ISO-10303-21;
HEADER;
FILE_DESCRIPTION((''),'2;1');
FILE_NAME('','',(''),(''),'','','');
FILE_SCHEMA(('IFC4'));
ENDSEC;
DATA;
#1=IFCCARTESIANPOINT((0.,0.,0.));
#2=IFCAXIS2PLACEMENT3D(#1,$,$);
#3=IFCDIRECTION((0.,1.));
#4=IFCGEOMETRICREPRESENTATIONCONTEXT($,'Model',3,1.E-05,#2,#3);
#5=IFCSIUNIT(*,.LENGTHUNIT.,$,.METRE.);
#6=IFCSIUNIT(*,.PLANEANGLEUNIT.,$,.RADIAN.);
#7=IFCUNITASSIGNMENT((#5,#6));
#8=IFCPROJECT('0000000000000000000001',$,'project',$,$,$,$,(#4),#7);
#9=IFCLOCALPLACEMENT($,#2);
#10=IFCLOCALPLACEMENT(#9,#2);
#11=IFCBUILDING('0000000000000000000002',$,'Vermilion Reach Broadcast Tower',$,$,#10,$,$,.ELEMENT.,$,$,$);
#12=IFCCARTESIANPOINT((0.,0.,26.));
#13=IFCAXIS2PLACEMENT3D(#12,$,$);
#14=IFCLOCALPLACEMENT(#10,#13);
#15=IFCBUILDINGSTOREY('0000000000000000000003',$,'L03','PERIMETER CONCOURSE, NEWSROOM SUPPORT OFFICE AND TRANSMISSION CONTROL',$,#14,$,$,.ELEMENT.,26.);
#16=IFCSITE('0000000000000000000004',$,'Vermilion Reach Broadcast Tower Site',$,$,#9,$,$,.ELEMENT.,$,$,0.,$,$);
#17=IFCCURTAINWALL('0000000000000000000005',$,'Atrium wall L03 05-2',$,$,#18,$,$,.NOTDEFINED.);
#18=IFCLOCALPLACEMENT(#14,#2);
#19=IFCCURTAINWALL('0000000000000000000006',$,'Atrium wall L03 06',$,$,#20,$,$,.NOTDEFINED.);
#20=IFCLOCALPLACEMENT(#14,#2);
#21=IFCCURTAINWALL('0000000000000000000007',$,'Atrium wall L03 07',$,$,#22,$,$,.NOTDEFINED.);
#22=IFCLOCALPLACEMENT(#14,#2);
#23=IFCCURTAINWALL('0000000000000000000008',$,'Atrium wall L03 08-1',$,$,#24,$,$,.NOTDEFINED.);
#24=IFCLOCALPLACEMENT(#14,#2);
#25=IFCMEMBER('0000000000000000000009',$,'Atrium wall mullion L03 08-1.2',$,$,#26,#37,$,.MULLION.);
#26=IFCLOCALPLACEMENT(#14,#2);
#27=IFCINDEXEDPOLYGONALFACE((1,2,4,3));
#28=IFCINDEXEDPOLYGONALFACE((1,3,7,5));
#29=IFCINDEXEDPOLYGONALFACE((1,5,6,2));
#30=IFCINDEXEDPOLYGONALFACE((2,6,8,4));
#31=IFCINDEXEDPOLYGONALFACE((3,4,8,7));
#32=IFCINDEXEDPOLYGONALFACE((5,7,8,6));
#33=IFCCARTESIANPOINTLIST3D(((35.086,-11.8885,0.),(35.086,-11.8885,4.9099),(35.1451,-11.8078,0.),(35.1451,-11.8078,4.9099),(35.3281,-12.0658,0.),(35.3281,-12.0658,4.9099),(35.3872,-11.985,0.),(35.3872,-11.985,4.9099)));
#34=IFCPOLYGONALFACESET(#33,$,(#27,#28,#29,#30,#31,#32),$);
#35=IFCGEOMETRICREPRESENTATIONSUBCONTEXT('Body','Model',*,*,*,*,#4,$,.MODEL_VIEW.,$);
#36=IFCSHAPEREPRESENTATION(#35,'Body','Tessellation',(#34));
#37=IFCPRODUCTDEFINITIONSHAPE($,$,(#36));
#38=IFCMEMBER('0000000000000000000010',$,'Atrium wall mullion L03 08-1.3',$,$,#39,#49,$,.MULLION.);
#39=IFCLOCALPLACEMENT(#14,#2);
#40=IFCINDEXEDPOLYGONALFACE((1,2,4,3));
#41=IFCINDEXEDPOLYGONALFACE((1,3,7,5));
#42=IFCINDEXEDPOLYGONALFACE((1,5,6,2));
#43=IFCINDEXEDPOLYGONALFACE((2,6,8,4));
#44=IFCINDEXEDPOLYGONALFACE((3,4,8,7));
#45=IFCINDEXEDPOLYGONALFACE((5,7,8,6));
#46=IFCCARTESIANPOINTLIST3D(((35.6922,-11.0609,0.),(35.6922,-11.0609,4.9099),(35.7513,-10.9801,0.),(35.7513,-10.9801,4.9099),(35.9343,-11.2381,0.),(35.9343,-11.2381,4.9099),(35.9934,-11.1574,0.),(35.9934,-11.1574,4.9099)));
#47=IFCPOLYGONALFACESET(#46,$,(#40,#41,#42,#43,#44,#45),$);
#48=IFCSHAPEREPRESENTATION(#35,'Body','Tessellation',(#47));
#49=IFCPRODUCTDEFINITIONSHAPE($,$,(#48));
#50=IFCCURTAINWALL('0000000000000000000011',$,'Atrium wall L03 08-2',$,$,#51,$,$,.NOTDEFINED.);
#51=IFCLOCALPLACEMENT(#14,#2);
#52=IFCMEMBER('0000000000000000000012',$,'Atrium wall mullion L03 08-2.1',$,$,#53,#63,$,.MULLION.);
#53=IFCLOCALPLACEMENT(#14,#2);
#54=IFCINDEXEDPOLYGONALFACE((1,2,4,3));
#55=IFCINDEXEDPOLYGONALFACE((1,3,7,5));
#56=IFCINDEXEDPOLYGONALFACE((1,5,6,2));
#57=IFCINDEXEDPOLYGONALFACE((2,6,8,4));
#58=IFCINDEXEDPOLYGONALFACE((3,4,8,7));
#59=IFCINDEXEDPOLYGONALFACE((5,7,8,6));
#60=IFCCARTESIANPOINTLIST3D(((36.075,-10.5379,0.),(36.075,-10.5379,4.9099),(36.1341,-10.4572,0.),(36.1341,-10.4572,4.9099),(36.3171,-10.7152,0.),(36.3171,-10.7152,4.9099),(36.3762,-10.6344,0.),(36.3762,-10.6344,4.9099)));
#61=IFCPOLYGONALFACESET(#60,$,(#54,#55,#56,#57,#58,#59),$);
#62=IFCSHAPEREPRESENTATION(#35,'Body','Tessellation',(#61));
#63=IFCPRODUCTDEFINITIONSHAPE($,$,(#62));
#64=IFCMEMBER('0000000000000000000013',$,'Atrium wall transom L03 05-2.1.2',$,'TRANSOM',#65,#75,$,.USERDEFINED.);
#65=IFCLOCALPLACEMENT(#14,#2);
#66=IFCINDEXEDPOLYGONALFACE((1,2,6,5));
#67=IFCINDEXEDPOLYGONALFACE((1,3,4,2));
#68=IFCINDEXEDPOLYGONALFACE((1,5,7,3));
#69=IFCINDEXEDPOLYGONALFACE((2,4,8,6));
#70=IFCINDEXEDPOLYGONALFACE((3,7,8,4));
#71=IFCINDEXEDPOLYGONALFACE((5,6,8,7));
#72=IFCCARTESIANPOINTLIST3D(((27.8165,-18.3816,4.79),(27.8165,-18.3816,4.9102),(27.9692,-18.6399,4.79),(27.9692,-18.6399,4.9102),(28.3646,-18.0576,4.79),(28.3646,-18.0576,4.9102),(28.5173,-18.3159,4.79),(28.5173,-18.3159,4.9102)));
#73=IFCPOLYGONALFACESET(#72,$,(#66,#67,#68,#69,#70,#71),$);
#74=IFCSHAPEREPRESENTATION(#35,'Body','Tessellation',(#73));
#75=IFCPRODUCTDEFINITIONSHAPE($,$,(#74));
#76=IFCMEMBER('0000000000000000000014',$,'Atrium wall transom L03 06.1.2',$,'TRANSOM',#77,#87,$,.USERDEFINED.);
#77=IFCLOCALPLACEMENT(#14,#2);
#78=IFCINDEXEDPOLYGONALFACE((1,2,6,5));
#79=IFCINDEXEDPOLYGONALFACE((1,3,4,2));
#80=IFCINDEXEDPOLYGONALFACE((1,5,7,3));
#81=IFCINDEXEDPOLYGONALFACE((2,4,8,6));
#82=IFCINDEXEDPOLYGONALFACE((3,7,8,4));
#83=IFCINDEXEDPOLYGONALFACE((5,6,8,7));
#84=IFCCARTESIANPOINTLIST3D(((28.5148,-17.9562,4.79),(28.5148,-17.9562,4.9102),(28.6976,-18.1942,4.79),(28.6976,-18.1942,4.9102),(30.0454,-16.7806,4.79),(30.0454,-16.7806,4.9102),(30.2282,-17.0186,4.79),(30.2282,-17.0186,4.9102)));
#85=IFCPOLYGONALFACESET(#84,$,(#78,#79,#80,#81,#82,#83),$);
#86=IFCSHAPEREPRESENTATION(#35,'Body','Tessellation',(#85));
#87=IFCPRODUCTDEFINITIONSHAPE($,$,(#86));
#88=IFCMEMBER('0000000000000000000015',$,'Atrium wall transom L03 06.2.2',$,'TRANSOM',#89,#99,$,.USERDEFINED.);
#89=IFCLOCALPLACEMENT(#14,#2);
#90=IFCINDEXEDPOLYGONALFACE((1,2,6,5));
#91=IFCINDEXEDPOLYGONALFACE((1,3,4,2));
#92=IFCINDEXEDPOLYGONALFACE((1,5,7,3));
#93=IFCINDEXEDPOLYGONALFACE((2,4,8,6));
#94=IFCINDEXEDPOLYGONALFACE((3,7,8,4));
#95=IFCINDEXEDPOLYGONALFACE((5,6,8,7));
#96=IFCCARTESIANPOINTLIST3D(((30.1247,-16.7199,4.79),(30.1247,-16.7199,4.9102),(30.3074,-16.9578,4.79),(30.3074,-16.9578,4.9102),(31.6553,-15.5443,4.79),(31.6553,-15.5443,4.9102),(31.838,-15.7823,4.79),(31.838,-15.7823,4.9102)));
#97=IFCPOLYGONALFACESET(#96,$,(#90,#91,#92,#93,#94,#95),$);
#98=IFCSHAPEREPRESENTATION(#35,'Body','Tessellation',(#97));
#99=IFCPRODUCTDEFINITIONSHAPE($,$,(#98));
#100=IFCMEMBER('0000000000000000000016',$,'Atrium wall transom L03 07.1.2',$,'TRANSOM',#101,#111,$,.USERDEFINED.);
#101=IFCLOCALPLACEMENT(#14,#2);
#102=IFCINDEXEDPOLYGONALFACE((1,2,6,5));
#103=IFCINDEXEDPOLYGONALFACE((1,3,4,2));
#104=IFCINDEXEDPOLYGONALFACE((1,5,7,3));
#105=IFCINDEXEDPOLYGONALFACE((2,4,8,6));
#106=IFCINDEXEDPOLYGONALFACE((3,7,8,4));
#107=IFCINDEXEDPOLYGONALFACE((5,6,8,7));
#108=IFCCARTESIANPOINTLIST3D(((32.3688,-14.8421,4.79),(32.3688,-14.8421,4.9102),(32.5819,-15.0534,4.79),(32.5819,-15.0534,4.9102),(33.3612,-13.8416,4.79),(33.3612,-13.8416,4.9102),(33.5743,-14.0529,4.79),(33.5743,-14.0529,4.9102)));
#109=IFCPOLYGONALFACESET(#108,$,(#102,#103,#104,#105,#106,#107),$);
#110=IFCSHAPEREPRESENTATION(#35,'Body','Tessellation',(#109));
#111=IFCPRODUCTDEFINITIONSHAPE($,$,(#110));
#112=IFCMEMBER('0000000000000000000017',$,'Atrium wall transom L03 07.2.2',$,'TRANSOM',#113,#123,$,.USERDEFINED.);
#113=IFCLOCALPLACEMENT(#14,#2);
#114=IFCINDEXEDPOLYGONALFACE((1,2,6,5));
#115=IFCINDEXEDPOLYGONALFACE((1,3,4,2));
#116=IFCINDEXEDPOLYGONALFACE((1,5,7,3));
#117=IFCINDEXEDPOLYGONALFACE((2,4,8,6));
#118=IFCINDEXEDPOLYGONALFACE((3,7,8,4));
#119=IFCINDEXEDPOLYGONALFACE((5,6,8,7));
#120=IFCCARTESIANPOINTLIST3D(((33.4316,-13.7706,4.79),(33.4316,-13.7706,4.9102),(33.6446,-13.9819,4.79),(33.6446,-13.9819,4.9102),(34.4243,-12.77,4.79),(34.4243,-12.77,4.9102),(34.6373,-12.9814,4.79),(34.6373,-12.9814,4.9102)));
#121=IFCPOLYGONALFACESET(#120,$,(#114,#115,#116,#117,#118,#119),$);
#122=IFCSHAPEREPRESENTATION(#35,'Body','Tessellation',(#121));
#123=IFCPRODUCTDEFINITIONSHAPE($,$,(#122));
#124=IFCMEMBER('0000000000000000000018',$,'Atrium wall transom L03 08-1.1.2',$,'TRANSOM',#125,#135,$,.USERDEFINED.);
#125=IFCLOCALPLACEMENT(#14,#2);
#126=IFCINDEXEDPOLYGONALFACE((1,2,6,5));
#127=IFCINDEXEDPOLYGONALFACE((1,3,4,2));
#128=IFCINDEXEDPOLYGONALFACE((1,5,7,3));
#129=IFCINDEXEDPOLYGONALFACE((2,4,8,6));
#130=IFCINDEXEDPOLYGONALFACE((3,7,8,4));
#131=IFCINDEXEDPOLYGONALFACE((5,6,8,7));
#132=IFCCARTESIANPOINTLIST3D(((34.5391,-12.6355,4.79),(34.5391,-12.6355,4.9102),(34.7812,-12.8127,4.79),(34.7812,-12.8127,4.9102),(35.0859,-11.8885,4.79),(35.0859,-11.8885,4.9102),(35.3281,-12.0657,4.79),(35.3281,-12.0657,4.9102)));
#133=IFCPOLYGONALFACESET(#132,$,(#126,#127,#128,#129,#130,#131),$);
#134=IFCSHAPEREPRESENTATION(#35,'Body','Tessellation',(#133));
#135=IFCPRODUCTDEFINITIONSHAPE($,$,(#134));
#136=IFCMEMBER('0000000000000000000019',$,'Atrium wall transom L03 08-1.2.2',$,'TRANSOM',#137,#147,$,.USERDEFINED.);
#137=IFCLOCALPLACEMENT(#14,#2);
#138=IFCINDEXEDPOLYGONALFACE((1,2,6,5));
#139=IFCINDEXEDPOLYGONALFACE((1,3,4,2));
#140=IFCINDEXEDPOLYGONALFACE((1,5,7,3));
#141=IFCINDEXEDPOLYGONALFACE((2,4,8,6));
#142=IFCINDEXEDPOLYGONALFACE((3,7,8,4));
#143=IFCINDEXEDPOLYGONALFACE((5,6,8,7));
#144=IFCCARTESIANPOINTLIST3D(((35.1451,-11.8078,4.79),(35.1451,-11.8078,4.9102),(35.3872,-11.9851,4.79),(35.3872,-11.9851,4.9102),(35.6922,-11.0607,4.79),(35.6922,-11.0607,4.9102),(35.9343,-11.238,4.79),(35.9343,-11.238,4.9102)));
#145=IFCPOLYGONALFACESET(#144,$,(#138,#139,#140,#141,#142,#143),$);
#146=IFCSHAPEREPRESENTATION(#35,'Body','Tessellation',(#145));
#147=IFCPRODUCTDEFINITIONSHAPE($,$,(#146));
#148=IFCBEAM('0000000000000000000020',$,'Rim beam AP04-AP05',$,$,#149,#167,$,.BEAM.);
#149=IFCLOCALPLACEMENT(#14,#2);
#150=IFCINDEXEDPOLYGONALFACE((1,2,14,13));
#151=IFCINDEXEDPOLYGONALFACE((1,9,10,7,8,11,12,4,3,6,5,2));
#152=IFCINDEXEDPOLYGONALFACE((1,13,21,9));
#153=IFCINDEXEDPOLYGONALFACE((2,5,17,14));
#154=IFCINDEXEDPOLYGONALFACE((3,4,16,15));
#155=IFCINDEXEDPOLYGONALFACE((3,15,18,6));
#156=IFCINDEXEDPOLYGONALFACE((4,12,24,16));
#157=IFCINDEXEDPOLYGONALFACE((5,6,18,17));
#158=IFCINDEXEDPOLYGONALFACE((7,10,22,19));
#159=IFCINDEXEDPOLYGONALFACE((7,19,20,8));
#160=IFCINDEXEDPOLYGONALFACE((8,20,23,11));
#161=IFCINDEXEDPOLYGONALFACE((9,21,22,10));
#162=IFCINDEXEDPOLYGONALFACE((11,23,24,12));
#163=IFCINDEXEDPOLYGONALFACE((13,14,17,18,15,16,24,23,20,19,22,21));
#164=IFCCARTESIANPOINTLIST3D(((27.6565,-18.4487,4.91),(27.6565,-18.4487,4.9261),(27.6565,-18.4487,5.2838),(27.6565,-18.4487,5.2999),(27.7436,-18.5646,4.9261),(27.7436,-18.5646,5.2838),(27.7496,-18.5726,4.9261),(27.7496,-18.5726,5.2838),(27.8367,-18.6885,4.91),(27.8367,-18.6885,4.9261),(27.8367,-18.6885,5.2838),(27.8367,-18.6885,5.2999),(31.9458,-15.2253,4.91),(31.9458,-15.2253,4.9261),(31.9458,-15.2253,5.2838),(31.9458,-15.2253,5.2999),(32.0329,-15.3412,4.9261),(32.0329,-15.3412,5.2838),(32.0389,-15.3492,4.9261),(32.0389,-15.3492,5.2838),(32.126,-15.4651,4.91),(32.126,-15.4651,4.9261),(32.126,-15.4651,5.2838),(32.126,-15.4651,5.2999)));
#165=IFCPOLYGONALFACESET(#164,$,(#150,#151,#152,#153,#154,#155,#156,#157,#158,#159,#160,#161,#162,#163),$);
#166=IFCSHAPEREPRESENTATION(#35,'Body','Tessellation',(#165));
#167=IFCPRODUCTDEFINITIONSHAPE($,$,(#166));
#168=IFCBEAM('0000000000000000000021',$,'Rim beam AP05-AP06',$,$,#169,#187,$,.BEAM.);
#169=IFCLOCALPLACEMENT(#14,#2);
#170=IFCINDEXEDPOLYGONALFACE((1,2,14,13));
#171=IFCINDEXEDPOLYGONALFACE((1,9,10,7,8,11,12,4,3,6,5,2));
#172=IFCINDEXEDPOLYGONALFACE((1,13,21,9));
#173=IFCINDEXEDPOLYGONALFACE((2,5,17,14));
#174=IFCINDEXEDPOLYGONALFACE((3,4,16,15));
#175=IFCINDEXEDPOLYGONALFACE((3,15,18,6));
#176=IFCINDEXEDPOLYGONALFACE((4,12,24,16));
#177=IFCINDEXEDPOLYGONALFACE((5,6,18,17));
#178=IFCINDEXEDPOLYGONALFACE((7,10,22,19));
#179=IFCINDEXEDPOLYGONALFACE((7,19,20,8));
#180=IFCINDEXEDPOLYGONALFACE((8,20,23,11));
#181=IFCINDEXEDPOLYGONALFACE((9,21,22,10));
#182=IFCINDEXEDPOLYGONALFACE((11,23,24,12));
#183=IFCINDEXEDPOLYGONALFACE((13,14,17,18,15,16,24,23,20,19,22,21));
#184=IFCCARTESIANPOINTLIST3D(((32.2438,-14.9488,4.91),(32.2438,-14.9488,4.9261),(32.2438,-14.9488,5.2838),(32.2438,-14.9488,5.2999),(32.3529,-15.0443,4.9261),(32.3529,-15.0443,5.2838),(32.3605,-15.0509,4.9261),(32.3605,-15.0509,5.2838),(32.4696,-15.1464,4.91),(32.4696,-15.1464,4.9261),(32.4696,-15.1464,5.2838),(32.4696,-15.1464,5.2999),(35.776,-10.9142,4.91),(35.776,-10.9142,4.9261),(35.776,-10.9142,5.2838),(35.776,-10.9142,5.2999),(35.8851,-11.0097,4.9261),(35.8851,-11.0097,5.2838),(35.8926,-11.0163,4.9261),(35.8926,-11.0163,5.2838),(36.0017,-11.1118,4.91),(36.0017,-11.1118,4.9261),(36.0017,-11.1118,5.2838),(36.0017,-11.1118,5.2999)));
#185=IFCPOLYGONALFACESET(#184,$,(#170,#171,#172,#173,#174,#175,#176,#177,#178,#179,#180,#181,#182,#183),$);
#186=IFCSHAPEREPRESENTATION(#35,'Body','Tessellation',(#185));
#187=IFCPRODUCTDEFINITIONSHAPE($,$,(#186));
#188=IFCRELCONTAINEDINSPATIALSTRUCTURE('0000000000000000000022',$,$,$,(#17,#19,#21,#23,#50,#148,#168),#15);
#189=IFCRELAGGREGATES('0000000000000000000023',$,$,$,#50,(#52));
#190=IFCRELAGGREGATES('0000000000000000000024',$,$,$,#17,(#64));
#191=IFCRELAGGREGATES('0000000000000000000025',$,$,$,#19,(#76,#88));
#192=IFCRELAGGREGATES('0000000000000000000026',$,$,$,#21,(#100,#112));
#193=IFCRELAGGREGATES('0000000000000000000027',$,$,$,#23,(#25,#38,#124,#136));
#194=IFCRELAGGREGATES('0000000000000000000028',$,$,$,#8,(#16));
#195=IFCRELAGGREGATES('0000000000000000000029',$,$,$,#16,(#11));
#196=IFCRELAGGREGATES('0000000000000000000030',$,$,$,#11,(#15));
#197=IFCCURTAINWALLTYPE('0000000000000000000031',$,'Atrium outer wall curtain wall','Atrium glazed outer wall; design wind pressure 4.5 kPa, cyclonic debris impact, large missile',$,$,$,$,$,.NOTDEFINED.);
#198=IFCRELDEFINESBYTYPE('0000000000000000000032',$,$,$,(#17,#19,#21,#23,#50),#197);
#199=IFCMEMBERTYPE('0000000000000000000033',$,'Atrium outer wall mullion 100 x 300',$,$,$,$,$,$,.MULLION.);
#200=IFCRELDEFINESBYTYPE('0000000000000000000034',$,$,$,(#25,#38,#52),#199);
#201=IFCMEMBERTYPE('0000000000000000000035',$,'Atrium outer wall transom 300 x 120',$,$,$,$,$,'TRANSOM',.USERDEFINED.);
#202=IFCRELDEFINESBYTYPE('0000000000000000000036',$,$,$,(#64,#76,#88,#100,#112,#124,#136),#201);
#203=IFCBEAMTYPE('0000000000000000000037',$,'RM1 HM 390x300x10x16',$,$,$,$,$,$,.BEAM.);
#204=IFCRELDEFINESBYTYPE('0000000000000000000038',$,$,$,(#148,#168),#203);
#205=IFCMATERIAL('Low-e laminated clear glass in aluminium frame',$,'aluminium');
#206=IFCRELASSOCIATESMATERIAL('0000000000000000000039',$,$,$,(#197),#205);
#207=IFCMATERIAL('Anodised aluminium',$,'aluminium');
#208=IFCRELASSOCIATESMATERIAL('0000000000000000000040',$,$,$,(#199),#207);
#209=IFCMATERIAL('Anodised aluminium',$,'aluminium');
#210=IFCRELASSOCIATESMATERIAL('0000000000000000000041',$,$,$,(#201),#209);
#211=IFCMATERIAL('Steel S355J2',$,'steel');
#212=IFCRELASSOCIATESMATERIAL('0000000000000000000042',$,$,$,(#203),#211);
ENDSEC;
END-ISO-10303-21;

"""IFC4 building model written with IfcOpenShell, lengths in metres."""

from ifc_helpers import new_model, si_unit, direction, frame, origin, origin_2d, place, context, subcontext, project, spatial, rectangle, i_section, extrude, material, material_profile, profile_set, type_object, element, aggregate, save


model = new_model("IFC4")

# Units and contexts
model_context = context("Model", 3, precision=1e-05, world=origin(), true_north=direction((0.0, 1.0)))
body_context = subcontext(model_context, "Body", "Model", "MODEL_VIEW")
ifc_project = project(units=[si_unit("LENGTHUNIT", "METRE"), si_unit("PLANEANGLEUNIT", "RADIAN")], contexts=[model_context])

# Site, building, storey
site_placement = place(None, origin())
site = spatial("IfcSite", under=ifc_project, at=site_placement, Name="Vermilion Reach Broadcast Tower Site", CompositionType="ELEMENT", RefElevation=0.0)
building_placement = place(site_placement, origin())
building = spatial("IfcBuilding", under=site, at=building_placement, Name="Vermilion Reach Broadcast Tower", CompositionType="ELEMENT")
storey_placement = place(building_placement, frame((0.0, 0.0, 26.0)))
storey = spatial("IfcBuildingStorey", under=building, at=storey_placement, Name="L03", Description="PERIMETER CONCOURSE, NEWSROOM SUPPORT OFFICE AND TRANSMISSION CONTROL", CompositionType="ELEMENT", Elevation=26.0)

# Shared definitions
ifc_material_1 = material(Name="Low-e laminated clear glass in aluminium frame", Category="aluminium")
curtain_wall_type = type_object("IfcCurtainWallType", Name="Atrium outer wall curtain wall", Description="Atrium glazed outer wall; design wind pressure 4.5 kPa, cyclonic debris impact, large missile", PredefinedType="NOTDEFINED", material=ifc_material_1)
placement = place(storey_placement, origin())
ifc_material_2 = material(Name="Anodised aluminium", Category="aluminium")
ifc_material_profile_1 = material_profile(ifc_material_2, rectangle(XDim=0.3, YDim=0.1001, at=origin_2d()), Name="Atrium outer wall mullion 100 x 300")
ifc_profile_set_1 = profile_set([ifc_material_profile_1], Name="Anodised aluminium")
member_type_1 = type_object("IfcMemberType", Name="Atrium outer wall mullion 100 x 300", PredefinedType="MULLION", material=ifc_profile_set_1)

# Curtain walls, members
curtain_wall_1 = element("IfcCurtainWall", 1, at=placement, inside=storey, type_object=curtain_wall_type, Name="Atrium wall L03 05-2", PredefinedType="NOTDEFINED")
curtain_wall_2 = element("IfcCurtainWall", 2, at=placement, inside=storey, type_object=curtain_wall_type, Name="Atrium wall L03 06", PredefinedType="NOTDEFINED")
curtain_wall_3 = element("IfcCurtainWall", 3, at=placement, inside=storey, type_object=curtain_wall_type, Name="Atrium wall L03 07", PredefinedType="NOTDEFINED")
curtain_wall_4 = element("IfcCurtainWall", 4, at=placement, inside=storey, type_object=curtain_wall_type, Name="Atrium wall L03 08-1", PredefinedType="NOTDEFINED")
member_1_placement = place(storey_placement, frame((35.2366, -11.9368, 0.0), z_axis=(0.0, 0.0, 1.0), x_axis=(-0.806847, 0.59076, 0.0)))
member_1 = element("IfcMember", 5, at=member_1_placement, type_object=member_type_1, Name="Atrium wall mullion L03 08-1.2", PredefinedType="MULLION", context=body_context, shape_type="SweptSolid", body=[
    extrude(rectangle(XDim=0.3, YDim=0.1001, at=origin_2d()), origin(), (0.0, 0.0, 1.0), 4.9099),
])
member_2_placement = place(storey_placement, frame((35.8428, -11.1091, 0.0), z_axis=(0.0, 0.0, 1.0), x_axis=(-0.806847, 0.59076, 0.0)))
member_2 = element("IfcMember", 6, at=member_2_placement, type_object=member_type_1, Name="Atrium wall mullion L03 08-1.3", PredefinedType="MULLION", context=body_context, shape_type="SweptSolid", body=[
    extrude(rectangle(XDim=0.3, YDim=0.1001, at=origin_2d()), origin(), (0.0, 0.0, 1.0), 4.9099),
])

# Curtain wall, member
curtain_wall_5 = element("IfcCurtainWall", 7, at=placement, inside=storey, type_object=curtain_wall_type, Name="Atrium wall L03 08-2", PredefinedType="NOTDEFINED")
member_3_placement = place(storey_placement, frame((36.2256, -10.5862, 0.0), z_axis=(0.0, 0.0, 1.0), x_axis=(-0.806847, 0.59076, 0.0)))
member_3 = element("IfcMember", 8, at=member_3_placement, type_object=member_type_1, Name="Atrium wall mullion L03 08-2.1", PredefinedType="MULLION", context=body_context, shape_type="SweptSolid", body=[
    extrude(rectangle(XDim=0.3, YDim=0.1001, at=origin_2d()), origin(), (0.0, 0.0, 1.0), 4.9099),
])
aggregate(curtain_wall_5, [member_3])

# Members
ifc_material_3 = material(Name="Anodised aluminium", Category="aluminium")
ifc_material_profile_2 = material_profile(ifc_material_3, rectangle(XDim=0.3, YDim=0.1201, at=origin_2d()), Name="Atrium outer wall transom 300 x 120")
ifc_profile_set_2 = profile_set([ifc_material_profile_2], Name="Anodised aluminium")
member_type_2 = type_object("IfcMemberType", Name="Atrium outer wall transom 300 x 120", ElementType="TRANSOM", PredefinedType="USERDEFINED", material=ifc_profile_set_2)
member_4_placement = place(storey_placement, frame((27.8928, -18.5107, 4.8501), z_axis=(0.860858, 0.508846, 0.0), x_axis=(-0.508846, 0.860858, 0.0)))
member_4 = element("IfcMember", 9, at=member_4_placement, type_object=member_type_2, Name="Atrium wall transom L03 05-2.1.2", ObjectType="TRANSOM", PredefinedType="USERDEFINED", context=body_context, shape_type="SweptSolid", body=[
    extrude(rectangle(XDim=0.3, YDim=0.1201, at=origin_2d()), origin(), (0.0, 0.0, 1.0), 0.6367),
])
member_5_placement = place(storey_placement, frame((28.6062, -18.0752, 4.8501), z_axis=(0.793071, 0.60913, 0.0), x_axis=(-0.60913, 0.793071, 0.0)))
member_5 = element("IfcMember", 10, at=member_5_placement, type_object=member_type_2, Name="Atrium wall transom L03 06.1.2", ObjectType="TRANSOM", PredefinedType="USERDEFINED", context=body_context, shape_type="SweptSolid", body=[
    extrude(rectangle(XDim=0.3, YDim=0.1201, at=origin_2d()), origin(), (0.0, 0.0, 1.0), 1.9299),
])
member_6_placement = place(storey_placement, frame((30.2161, -16.8389, 4.8501), z_axis=(0.793071, 0.60913, 0.0), x_axis=(-0.60913, 0.793071, 0.0)))
member_6 = element("IfcMember", 11, at=member_6_placement, type_object=member_type_2, Name="Atrium wall transom L03 06.2.2", ObjectType="TRANSOM", PredefinedType="USERDEFINED", context=body_context, shape_type="SweptSolid", body=[
    extrude(rectangle(XDim=0.3, YDim=0.1201, at=origin_2d()), origin(), (0.0, 0.0, 1.0), 1.9299),
])
member_7_placement = place(storey_placement, frame((32.4753, -14.9478, 4.8501), z_axis=(0.704242, 0.70996, 0.0), x_axis=(-0.70996, 0.704242, 0.0)))
member_7 = element("IfcMember", 12, at=member_7_placement, type_object=member_type_2, Name="Atrium wall transom L03 07.1.2", ObjectType="TRANSOM", PredefinedType="USERDEFINED", context=body_context, shape_type="SweptSolid", body=[
    extrude(rectangle(XDim=0.3, YDim=0.1201, at=origin_2d()), origin(), (0.0, 0.0, 1.0), 1.4092),
])
member_8_placement = place(storey_placement, frame((33.5381, -13.8762, 4.8501), z_axis=(0.70433, 0.709873, 0.0), x_axis=(-0.709873, 0.70433, 0.0)))
member_8 = element("IfcMember", 13, at=member_8_placement, type_object=member_type_2, Name="Atrium wall transom L03 07.2.2", ObjectType="TRANSOM", PredefinedType="USERDEFINED", context=body_context, shape_type="SweptSolid", body=[
    extrude(rectangle(XDim=0.3, YDim=0.1201, at=origin_2d()), origin(), (0.0, 0.0, 1.0), 1.4094),
])
member_9_placement = place(storey_placement, frame((34.6602, -12.7241, 4.8501), z_axis=(0.590678, 0.806908, 0.0), x_axis=(-0.806908, 0.590678, 0.0)))
member_9 = element("IfcMember", 14, at=member_9_placement, type_object=member_type_2, Name="Atrium wall transom L03 08-1.1.2", ObjectType="TRANSOM", PredefinedType="USERDEFINED", context=body_context, shape_type="SweptSolid", body=[
    extrude(rectangle(XDim=0.3, YDim=0.1201, at=origin_2d()), origin(), (0.0, 0.0, 1.0), 0.9258),
])
member_10_placement = place(storey_placement, frame((35.2661, -11.8965, 4.8501), z_axis=(0.590849, 0.806782, 0.0), x_axis=(-0.806782, 0.590849, 0.0)))
member_10 = element("IfcMember", 15, at=member_10_placement, type_object=member_type_2, Name="Atrium wall transom L03 08-1.2.2", ObjectType="TRANSOM", PredefinedType="USERDEFINED", context=body_context, shape_type="SweptSolid", body=[
    extrude(rectangle(XDim=0.3, YDim=0.1201, at=origin_2d()), origin(), (0.0, 0.0, 1.0), 0.926),
])

# Beams
ifc_material_4 = material(Name="Steel S355J2", Category="steel")
ifc_material_profile_3 = material_profile(ifc_material_4, i_section(OverallWidth=0.3, OverallDepth=0.3899, WebThickness=0.01, FlangeThickness=0.0161, at=origin_2d()), Name="S355J2 HM 390x300x10x16")
ifc_profile_set_3 = profile_set([ifc_material_profile_3], Name="Steel S355J2")
beam_type = type_object("IfcBeamType", Name="RM1 HM 390x300x10x16", PredefinedType="BEAM", material=ifc_profile_set_3)
beam_1_placement = place(storey_placement, frame((27.7466, -18.5686, 5.105), z_axis=(0.799426, 0.600764, 0.0), x_axis=(-0.600764, 0.799426, 0.0)))
element("IfcBeam", 16, at=beam_1_placement, inside=storey, type_object=beam_type, Name="Rim beam AP04-AP05", PredefinedType="BEAM", context=body_context, shape_type="SweptSolid", body=[
    extrude(i_section(OverallWidth=0.3, OverallDepth=0.3899, WebThickness=0.01, FlangeThickness=0.0161, at=origin_2d()), origin(), (0.0, 0.0, 1.0), 5.3655),
])
beam_2_placement = place(storey_placement, frame((32.3567, -15.0476, 5.105), z_axis=(0.658704, 0.752402, 0.0), x_axis=(-0.752402, 0.658704, 0.0)))
element("IfcBeam", 17, at=beam_2_placement, inside=storey, type_object=beam_type, Name="Rim beam AP05-AP06", PredefinedType="BEAM", context=body_context, shape_type="SweptSolid", body=[
    extrude(i_section(OverallWidth=0.3, OverallDepth=0.3899, WebThickness=0.01, FlangeThickness=0.0161, at=origin_2d()), origin(), (0.0, 0.0, 1.0), 5.3623),
])

aggregate(curtain_wall_1, [member_4])
aggregate(curtain_wall_2, [member_5, member_6])
aggregate(curtain_wall_3, [member_7, member_8])
aggregate(curtain_wall_4, [member_1, member_2, member_9, member_10])

save(model, "model.ifc")
